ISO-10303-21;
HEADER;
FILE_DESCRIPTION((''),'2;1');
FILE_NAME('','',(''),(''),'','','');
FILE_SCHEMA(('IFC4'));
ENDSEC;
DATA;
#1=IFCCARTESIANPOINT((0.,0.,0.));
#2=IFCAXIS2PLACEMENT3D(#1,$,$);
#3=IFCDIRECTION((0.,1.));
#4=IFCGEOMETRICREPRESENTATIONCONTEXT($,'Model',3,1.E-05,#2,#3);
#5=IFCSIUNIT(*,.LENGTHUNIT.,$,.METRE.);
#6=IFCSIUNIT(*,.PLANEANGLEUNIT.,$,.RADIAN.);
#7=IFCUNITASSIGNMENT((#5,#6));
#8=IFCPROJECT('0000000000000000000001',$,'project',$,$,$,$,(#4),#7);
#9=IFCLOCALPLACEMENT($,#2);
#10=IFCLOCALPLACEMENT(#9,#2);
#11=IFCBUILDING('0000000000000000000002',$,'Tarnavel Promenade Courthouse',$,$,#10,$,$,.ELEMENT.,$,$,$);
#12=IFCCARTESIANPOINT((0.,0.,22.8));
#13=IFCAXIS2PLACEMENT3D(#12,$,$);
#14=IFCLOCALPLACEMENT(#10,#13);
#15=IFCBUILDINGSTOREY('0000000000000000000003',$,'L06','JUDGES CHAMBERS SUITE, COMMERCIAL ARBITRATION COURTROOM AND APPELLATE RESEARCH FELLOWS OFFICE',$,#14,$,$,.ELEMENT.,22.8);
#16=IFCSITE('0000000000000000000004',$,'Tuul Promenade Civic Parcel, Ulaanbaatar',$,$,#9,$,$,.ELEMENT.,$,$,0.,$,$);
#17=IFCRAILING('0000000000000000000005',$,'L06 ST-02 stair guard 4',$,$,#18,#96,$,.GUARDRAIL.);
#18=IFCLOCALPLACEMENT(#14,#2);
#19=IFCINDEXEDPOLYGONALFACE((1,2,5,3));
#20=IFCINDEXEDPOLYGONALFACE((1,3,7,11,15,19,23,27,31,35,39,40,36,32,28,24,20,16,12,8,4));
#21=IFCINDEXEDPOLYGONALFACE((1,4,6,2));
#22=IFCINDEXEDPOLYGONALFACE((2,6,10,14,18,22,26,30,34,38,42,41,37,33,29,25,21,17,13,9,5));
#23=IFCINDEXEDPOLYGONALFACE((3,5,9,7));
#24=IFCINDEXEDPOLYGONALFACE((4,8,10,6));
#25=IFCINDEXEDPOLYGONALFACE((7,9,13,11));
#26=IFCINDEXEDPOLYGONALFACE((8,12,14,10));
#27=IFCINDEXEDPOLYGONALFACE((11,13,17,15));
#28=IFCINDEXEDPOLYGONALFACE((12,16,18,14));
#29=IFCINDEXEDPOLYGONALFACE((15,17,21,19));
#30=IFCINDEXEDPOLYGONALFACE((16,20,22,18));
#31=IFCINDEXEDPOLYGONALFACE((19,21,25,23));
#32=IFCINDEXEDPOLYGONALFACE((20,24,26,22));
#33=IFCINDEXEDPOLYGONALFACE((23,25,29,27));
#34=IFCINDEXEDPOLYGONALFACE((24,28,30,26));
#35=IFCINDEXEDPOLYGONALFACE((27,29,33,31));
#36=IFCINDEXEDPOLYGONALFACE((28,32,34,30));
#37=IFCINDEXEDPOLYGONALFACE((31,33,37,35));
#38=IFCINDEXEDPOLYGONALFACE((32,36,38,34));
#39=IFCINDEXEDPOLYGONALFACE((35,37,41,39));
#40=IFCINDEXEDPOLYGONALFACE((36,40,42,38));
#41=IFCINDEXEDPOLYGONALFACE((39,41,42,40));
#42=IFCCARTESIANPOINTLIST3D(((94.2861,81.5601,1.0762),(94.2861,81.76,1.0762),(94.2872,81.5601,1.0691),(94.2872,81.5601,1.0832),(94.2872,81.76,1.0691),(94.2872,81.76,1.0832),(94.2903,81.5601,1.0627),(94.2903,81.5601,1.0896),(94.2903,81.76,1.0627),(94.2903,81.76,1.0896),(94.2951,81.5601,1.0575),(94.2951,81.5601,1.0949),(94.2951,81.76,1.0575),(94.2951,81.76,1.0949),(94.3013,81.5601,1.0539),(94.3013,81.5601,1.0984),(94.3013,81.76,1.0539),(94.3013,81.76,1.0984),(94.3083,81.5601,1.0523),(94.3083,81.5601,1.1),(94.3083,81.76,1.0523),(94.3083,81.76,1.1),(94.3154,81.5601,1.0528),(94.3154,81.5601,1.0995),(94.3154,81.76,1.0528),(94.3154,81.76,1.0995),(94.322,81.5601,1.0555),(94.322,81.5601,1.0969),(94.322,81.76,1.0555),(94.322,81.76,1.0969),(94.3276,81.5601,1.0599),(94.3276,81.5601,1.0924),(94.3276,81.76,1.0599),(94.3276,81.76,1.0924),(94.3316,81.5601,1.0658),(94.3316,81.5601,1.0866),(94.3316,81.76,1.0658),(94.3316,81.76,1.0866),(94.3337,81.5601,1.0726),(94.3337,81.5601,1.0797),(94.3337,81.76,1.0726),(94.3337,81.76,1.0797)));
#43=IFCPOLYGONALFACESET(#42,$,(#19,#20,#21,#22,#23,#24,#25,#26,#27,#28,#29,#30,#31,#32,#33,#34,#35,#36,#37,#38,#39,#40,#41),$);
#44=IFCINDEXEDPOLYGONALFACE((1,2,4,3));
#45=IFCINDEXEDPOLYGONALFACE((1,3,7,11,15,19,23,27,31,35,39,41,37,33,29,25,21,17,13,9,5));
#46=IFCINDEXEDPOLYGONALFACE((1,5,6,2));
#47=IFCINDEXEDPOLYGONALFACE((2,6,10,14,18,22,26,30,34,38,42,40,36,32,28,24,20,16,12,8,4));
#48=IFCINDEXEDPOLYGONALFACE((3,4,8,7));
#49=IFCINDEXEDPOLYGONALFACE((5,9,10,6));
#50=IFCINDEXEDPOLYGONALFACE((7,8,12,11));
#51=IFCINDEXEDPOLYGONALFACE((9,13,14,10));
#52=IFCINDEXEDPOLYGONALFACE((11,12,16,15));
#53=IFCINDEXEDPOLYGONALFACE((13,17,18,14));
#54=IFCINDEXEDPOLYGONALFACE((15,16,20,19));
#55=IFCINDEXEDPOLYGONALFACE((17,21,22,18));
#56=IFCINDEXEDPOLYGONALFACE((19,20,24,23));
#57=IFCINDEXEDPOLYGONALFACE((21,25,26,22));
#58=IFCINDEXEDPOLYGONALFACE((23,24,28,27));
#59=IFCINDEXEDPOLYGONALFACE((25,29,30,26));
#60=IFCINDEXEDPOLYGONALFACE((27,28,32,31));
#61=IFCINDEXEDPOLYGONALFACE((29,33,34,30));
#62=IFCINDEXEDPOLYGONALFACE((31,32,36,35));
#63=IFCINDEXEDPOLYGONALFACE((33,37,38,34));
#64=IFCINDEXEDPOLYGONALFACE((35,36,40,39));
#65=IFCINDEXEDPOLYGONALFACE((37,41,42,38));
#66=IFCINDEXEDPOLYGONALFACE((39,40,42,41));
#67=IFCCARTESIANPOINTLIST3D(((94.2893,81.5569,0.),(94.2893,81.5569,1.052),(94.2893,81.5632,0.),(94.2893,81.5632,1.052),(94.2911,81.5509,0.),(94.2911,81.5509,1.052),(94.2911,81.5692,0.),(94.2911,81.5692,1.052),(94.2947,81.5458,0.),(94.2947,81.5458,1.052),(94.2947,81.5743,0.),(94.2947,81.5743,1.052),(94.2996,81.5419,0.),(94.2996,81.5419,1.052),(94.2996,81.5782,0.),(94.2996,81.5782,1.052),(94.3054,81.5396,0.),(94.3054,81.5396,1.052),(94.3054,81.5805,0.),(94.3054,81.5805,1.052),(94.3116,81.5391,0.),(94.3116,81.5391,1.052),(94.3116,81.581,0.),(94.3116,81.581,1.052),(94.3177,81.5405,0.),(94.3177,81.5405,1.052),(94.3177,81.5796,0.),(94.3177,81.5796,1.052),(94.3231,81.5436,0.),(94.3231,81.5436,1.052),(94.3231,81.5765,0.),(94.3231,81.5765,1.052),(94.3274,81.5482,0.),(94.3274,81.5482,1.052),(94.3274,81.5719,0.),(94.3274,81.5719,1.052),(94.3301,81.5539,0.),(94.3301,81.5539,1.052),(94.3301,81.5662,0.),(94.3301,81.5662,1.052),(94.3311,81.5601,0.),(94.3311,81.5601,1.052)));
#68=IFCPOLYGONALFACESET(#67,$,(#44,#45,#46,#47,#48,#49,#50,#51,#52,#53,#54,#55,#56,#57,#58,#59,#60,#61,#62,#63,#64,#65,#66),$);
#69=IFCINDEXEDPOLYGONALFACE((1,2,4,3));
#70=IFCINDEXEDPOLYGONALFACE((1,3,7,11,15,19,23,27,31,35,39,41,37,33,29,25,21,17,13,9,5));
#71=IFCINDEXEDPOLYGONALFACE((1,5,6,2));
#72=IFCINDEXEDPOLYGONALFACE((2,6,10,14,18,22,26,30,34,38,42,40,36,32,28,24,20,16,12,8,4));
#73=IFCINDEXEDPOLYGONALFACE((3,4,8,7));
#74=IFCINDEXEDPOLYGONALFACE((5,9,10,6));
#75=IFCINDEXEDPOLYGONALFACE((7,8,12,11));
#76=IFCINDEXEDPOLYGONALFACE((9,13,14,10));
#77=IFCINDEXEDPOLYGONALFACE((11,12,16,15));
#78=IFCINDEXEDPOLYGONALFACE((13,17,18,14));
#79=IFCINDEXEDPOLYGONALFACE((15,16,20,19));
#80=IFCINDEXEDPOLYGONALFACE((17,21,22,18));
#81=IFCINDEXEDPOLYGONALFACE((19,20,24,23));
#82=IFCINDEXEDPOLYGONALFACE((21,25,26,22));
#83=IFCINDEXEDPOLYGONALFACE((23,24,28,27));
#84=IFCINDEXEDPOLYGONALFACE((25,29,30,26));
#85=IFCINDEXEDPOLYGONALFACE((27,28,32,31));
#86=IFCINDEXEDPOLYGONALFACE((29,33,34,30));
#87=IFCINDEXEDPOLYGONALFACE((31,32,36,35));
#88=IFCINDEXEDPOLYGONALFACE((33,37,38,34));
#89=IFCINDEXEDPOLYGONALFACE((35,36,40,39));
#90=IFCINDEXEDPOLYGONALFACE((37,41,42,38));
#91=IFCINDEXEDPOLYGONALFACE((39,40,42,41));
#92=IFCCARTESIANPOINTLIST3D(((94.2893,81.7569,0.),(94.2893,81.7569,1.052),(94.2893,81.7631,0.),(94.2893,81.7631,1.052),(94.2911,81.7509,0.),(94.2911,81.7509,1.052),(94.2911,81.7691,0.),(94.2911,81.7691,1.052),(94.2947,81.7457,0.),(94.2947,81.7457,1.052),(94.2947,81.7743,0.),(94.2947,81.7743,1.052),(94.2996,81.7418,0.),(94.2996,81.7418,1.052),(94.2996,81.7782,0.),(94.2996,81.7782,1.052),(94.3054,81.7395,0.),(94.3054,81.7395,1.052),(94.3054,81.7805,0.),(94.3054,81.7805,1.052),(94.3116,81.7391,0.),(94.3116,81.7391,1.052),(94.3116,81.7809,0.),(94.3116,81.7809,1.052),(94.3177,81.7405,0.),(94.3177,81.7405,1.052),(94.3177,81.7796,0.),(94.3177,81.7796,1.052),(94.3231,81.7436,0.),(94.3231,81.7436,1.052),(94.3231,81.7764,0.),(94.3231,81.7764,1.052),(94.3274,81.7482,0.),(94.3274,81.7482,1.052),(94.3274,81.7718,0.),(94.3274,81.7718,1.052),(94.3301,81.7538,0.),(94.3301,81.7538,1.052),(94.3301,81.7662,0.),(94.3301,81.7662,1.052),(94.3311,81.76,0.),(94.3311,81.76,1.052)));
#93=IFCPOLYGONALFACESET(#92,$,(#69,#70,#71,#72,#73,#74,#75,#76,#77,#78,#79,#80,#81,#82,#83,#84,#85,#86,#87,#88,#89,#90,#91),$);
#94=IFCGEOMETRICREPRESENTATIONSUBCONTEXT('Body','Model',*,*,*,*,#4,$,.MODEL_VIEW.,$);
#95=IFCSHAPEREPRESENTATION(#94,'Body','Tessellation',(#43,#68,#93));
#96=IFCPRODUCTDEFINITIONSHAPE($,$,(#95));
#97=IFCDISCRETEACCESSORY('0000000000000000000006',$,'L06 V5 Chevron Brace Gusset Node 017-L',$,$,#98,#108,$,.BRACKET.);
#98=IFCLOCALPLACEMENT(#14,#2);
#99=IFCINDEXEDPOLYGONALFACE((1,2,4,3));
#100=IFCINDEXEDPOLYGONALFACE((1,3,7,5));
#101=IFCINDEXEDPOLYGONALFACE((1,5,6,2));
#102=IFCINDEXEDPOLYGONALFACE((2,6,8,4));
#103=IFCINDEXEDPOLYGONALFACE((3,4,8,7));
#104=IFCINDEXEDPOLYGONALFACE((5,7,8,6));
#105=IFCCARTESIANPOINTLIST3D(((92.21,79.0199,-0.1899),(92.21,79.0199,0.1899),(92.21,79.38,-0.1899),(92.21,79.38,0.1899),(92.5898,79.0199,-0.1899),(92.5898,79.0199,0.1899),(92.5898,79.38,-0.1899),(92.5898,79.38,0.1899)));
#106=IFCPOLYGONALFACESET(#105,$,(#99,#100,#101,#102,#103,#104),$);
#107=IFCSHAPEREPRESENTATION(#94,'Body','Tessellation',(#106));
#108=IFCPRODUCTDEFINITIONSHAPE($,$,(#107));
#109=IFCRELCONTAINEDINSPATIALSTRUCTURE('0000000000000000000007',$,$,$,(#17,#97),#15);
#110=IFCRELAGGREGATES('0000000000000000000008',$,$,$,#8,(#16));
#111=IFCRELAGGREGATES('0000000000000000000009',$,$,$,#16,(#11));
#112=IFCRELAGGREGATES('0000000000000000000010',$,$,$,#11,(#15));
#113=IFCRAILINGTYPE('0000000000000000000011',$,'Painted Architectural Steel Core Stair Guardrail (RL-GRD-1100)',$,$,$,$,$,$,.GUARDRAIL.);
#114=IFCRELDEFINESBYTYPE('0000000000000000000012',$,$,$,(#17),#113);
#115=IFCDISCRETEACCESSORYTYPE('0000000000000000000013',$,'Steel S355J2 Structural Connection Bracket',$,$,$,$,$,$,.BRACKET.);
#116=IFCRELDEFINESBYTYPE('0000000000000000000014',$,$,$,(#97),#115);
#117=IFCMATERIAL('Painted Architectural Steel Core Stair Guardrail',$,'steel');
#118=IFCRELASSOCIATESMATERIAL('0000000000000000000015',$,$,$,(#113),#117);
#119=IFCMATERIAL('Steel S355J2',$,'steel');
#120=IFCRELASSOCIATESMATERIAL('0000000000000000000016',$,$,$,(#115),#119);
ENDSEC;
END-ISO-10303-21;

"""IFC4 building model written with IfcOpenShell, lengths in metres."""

from ifc_helpers import new_model, si_unit, direction, frame, origin, origin_2d, place, context, subcontext, project, spatial, rectangle, circle, extrude, material, type_object, element, save


model = new_model("IFC4")

# Units and contexts
model_context = context("Model", 3, precision=1e-05, world=origin(), true_north=direction((0.0, 1.0)))
body_context = subcontext(model_context, "Body", "Model", "MODEL_VIEW")
ifc_project = project(units=[si_unit("LENGTHUNIT", "METRE"), si_unit("PLANEANGLEUNIT", "RADIAN")], contexts=[model_context])

# Site, building, storey
site_placement = place(None, origin())
site = spatial("IfcSite", under=ifc_project, at=site_placement, Name="Tuul Promenade Civic Parcel, Ulaanbaatar", CompositionType="ELEMENT", RefElevation=0.0)
building_placement = place(site_placement, origin())
building = spatial("IfcBuilding", under=site, at=building_placement, Name="Tarnavel Promenade Courthouse", CompositionType="ELEMENT")
storey_placement = place(building_placement, frame((0.0, 0.0, 22.8)))
storey = spatial("IfcBuildingStorey", under=building, at=storey_placement, Name="L06", Description="JUDGES CHAMBERS SUITE, COMMERCIAL ARBITRATION COURTROOM AND APPELLATE RESEARCH FELLOWS OFFICE", CompositionType="ELEMENT", Elevation=22.8)

# Shared definitions
ifc_material_1 = material(Name="Steel S355J2", Category="steel")

# Railing
ifc_material_2 = material(Name="Painted Architectural Steel Core Stair Guardrail", Category="steel")
railing_type_1 = type_object("IfcRailingType", Name="Painted Architectural Steel Core Stair Guardrail (RL-GRD-1100)", PredefinedType="GUARDRAIL", material=ifc_material_2)
railing_1_placement = place(storey_placement, frame((94.3101, 81.5601, 0.0)))
element("IfcRailing", 1, at=railing_1_placement, inside=storey, type_object=railing_type_1, Name="L06 ST-02 stair guard 4", PredefinedType="GUARDRAIL", context=body_context, shape_type="SweptSolid", body=[
    extrude(circle(Radius=0.0239, at=origin_2d()), frame((0.0, 0.0, 1.0762), z_axis=(0.0, 1.0, 0.0), x_axis=(-1.0, 0.0, 0.0)), (0.0, 0.0, 1.0), 0.2),
    extrude(circle(Radius=0.021, at=origin_2d()), origin(), (0.0, 0.0, 1.0), 1.052),
    extrude(circle(Radius=0.021, at=origin_2d()), frame((0.0, 0.2, 0.0)), (0.0, 0.0, 1.0), 1.052),
])

# Discrete accessory
discrete_accessory_type = type_object("IfcDiscreteAccessoryType", Name="Steel S355J2 Structural Connection Bracket", PredefinedType="BRACKET", material=ifc_material_1)
discrete_accessory_placement = place(storey_placement, frame((92.3999, 79.2, -0.1899), z_axis=(0.0, 0.0, 1.0), x_axis=(1.0, 0.0, 0.0)))
element("IfcDiscreteAccessory", 2, at=discrete_accessory_placement, inside=storey, type_object=discrete_accessory_type, Name="L06 V5 Chevron Brace Gusset Node 017-L", PredefinedType="BRACKET", context=body_context, shape_type="SweptSolid", body=[
    extrude(rectangle(XDim=0.3799, YDim=0.3601, at=origin_2d()), origin(), (0.0, 0.0, 1.0), 0.3799),
])

save(model, "model.ifc")
